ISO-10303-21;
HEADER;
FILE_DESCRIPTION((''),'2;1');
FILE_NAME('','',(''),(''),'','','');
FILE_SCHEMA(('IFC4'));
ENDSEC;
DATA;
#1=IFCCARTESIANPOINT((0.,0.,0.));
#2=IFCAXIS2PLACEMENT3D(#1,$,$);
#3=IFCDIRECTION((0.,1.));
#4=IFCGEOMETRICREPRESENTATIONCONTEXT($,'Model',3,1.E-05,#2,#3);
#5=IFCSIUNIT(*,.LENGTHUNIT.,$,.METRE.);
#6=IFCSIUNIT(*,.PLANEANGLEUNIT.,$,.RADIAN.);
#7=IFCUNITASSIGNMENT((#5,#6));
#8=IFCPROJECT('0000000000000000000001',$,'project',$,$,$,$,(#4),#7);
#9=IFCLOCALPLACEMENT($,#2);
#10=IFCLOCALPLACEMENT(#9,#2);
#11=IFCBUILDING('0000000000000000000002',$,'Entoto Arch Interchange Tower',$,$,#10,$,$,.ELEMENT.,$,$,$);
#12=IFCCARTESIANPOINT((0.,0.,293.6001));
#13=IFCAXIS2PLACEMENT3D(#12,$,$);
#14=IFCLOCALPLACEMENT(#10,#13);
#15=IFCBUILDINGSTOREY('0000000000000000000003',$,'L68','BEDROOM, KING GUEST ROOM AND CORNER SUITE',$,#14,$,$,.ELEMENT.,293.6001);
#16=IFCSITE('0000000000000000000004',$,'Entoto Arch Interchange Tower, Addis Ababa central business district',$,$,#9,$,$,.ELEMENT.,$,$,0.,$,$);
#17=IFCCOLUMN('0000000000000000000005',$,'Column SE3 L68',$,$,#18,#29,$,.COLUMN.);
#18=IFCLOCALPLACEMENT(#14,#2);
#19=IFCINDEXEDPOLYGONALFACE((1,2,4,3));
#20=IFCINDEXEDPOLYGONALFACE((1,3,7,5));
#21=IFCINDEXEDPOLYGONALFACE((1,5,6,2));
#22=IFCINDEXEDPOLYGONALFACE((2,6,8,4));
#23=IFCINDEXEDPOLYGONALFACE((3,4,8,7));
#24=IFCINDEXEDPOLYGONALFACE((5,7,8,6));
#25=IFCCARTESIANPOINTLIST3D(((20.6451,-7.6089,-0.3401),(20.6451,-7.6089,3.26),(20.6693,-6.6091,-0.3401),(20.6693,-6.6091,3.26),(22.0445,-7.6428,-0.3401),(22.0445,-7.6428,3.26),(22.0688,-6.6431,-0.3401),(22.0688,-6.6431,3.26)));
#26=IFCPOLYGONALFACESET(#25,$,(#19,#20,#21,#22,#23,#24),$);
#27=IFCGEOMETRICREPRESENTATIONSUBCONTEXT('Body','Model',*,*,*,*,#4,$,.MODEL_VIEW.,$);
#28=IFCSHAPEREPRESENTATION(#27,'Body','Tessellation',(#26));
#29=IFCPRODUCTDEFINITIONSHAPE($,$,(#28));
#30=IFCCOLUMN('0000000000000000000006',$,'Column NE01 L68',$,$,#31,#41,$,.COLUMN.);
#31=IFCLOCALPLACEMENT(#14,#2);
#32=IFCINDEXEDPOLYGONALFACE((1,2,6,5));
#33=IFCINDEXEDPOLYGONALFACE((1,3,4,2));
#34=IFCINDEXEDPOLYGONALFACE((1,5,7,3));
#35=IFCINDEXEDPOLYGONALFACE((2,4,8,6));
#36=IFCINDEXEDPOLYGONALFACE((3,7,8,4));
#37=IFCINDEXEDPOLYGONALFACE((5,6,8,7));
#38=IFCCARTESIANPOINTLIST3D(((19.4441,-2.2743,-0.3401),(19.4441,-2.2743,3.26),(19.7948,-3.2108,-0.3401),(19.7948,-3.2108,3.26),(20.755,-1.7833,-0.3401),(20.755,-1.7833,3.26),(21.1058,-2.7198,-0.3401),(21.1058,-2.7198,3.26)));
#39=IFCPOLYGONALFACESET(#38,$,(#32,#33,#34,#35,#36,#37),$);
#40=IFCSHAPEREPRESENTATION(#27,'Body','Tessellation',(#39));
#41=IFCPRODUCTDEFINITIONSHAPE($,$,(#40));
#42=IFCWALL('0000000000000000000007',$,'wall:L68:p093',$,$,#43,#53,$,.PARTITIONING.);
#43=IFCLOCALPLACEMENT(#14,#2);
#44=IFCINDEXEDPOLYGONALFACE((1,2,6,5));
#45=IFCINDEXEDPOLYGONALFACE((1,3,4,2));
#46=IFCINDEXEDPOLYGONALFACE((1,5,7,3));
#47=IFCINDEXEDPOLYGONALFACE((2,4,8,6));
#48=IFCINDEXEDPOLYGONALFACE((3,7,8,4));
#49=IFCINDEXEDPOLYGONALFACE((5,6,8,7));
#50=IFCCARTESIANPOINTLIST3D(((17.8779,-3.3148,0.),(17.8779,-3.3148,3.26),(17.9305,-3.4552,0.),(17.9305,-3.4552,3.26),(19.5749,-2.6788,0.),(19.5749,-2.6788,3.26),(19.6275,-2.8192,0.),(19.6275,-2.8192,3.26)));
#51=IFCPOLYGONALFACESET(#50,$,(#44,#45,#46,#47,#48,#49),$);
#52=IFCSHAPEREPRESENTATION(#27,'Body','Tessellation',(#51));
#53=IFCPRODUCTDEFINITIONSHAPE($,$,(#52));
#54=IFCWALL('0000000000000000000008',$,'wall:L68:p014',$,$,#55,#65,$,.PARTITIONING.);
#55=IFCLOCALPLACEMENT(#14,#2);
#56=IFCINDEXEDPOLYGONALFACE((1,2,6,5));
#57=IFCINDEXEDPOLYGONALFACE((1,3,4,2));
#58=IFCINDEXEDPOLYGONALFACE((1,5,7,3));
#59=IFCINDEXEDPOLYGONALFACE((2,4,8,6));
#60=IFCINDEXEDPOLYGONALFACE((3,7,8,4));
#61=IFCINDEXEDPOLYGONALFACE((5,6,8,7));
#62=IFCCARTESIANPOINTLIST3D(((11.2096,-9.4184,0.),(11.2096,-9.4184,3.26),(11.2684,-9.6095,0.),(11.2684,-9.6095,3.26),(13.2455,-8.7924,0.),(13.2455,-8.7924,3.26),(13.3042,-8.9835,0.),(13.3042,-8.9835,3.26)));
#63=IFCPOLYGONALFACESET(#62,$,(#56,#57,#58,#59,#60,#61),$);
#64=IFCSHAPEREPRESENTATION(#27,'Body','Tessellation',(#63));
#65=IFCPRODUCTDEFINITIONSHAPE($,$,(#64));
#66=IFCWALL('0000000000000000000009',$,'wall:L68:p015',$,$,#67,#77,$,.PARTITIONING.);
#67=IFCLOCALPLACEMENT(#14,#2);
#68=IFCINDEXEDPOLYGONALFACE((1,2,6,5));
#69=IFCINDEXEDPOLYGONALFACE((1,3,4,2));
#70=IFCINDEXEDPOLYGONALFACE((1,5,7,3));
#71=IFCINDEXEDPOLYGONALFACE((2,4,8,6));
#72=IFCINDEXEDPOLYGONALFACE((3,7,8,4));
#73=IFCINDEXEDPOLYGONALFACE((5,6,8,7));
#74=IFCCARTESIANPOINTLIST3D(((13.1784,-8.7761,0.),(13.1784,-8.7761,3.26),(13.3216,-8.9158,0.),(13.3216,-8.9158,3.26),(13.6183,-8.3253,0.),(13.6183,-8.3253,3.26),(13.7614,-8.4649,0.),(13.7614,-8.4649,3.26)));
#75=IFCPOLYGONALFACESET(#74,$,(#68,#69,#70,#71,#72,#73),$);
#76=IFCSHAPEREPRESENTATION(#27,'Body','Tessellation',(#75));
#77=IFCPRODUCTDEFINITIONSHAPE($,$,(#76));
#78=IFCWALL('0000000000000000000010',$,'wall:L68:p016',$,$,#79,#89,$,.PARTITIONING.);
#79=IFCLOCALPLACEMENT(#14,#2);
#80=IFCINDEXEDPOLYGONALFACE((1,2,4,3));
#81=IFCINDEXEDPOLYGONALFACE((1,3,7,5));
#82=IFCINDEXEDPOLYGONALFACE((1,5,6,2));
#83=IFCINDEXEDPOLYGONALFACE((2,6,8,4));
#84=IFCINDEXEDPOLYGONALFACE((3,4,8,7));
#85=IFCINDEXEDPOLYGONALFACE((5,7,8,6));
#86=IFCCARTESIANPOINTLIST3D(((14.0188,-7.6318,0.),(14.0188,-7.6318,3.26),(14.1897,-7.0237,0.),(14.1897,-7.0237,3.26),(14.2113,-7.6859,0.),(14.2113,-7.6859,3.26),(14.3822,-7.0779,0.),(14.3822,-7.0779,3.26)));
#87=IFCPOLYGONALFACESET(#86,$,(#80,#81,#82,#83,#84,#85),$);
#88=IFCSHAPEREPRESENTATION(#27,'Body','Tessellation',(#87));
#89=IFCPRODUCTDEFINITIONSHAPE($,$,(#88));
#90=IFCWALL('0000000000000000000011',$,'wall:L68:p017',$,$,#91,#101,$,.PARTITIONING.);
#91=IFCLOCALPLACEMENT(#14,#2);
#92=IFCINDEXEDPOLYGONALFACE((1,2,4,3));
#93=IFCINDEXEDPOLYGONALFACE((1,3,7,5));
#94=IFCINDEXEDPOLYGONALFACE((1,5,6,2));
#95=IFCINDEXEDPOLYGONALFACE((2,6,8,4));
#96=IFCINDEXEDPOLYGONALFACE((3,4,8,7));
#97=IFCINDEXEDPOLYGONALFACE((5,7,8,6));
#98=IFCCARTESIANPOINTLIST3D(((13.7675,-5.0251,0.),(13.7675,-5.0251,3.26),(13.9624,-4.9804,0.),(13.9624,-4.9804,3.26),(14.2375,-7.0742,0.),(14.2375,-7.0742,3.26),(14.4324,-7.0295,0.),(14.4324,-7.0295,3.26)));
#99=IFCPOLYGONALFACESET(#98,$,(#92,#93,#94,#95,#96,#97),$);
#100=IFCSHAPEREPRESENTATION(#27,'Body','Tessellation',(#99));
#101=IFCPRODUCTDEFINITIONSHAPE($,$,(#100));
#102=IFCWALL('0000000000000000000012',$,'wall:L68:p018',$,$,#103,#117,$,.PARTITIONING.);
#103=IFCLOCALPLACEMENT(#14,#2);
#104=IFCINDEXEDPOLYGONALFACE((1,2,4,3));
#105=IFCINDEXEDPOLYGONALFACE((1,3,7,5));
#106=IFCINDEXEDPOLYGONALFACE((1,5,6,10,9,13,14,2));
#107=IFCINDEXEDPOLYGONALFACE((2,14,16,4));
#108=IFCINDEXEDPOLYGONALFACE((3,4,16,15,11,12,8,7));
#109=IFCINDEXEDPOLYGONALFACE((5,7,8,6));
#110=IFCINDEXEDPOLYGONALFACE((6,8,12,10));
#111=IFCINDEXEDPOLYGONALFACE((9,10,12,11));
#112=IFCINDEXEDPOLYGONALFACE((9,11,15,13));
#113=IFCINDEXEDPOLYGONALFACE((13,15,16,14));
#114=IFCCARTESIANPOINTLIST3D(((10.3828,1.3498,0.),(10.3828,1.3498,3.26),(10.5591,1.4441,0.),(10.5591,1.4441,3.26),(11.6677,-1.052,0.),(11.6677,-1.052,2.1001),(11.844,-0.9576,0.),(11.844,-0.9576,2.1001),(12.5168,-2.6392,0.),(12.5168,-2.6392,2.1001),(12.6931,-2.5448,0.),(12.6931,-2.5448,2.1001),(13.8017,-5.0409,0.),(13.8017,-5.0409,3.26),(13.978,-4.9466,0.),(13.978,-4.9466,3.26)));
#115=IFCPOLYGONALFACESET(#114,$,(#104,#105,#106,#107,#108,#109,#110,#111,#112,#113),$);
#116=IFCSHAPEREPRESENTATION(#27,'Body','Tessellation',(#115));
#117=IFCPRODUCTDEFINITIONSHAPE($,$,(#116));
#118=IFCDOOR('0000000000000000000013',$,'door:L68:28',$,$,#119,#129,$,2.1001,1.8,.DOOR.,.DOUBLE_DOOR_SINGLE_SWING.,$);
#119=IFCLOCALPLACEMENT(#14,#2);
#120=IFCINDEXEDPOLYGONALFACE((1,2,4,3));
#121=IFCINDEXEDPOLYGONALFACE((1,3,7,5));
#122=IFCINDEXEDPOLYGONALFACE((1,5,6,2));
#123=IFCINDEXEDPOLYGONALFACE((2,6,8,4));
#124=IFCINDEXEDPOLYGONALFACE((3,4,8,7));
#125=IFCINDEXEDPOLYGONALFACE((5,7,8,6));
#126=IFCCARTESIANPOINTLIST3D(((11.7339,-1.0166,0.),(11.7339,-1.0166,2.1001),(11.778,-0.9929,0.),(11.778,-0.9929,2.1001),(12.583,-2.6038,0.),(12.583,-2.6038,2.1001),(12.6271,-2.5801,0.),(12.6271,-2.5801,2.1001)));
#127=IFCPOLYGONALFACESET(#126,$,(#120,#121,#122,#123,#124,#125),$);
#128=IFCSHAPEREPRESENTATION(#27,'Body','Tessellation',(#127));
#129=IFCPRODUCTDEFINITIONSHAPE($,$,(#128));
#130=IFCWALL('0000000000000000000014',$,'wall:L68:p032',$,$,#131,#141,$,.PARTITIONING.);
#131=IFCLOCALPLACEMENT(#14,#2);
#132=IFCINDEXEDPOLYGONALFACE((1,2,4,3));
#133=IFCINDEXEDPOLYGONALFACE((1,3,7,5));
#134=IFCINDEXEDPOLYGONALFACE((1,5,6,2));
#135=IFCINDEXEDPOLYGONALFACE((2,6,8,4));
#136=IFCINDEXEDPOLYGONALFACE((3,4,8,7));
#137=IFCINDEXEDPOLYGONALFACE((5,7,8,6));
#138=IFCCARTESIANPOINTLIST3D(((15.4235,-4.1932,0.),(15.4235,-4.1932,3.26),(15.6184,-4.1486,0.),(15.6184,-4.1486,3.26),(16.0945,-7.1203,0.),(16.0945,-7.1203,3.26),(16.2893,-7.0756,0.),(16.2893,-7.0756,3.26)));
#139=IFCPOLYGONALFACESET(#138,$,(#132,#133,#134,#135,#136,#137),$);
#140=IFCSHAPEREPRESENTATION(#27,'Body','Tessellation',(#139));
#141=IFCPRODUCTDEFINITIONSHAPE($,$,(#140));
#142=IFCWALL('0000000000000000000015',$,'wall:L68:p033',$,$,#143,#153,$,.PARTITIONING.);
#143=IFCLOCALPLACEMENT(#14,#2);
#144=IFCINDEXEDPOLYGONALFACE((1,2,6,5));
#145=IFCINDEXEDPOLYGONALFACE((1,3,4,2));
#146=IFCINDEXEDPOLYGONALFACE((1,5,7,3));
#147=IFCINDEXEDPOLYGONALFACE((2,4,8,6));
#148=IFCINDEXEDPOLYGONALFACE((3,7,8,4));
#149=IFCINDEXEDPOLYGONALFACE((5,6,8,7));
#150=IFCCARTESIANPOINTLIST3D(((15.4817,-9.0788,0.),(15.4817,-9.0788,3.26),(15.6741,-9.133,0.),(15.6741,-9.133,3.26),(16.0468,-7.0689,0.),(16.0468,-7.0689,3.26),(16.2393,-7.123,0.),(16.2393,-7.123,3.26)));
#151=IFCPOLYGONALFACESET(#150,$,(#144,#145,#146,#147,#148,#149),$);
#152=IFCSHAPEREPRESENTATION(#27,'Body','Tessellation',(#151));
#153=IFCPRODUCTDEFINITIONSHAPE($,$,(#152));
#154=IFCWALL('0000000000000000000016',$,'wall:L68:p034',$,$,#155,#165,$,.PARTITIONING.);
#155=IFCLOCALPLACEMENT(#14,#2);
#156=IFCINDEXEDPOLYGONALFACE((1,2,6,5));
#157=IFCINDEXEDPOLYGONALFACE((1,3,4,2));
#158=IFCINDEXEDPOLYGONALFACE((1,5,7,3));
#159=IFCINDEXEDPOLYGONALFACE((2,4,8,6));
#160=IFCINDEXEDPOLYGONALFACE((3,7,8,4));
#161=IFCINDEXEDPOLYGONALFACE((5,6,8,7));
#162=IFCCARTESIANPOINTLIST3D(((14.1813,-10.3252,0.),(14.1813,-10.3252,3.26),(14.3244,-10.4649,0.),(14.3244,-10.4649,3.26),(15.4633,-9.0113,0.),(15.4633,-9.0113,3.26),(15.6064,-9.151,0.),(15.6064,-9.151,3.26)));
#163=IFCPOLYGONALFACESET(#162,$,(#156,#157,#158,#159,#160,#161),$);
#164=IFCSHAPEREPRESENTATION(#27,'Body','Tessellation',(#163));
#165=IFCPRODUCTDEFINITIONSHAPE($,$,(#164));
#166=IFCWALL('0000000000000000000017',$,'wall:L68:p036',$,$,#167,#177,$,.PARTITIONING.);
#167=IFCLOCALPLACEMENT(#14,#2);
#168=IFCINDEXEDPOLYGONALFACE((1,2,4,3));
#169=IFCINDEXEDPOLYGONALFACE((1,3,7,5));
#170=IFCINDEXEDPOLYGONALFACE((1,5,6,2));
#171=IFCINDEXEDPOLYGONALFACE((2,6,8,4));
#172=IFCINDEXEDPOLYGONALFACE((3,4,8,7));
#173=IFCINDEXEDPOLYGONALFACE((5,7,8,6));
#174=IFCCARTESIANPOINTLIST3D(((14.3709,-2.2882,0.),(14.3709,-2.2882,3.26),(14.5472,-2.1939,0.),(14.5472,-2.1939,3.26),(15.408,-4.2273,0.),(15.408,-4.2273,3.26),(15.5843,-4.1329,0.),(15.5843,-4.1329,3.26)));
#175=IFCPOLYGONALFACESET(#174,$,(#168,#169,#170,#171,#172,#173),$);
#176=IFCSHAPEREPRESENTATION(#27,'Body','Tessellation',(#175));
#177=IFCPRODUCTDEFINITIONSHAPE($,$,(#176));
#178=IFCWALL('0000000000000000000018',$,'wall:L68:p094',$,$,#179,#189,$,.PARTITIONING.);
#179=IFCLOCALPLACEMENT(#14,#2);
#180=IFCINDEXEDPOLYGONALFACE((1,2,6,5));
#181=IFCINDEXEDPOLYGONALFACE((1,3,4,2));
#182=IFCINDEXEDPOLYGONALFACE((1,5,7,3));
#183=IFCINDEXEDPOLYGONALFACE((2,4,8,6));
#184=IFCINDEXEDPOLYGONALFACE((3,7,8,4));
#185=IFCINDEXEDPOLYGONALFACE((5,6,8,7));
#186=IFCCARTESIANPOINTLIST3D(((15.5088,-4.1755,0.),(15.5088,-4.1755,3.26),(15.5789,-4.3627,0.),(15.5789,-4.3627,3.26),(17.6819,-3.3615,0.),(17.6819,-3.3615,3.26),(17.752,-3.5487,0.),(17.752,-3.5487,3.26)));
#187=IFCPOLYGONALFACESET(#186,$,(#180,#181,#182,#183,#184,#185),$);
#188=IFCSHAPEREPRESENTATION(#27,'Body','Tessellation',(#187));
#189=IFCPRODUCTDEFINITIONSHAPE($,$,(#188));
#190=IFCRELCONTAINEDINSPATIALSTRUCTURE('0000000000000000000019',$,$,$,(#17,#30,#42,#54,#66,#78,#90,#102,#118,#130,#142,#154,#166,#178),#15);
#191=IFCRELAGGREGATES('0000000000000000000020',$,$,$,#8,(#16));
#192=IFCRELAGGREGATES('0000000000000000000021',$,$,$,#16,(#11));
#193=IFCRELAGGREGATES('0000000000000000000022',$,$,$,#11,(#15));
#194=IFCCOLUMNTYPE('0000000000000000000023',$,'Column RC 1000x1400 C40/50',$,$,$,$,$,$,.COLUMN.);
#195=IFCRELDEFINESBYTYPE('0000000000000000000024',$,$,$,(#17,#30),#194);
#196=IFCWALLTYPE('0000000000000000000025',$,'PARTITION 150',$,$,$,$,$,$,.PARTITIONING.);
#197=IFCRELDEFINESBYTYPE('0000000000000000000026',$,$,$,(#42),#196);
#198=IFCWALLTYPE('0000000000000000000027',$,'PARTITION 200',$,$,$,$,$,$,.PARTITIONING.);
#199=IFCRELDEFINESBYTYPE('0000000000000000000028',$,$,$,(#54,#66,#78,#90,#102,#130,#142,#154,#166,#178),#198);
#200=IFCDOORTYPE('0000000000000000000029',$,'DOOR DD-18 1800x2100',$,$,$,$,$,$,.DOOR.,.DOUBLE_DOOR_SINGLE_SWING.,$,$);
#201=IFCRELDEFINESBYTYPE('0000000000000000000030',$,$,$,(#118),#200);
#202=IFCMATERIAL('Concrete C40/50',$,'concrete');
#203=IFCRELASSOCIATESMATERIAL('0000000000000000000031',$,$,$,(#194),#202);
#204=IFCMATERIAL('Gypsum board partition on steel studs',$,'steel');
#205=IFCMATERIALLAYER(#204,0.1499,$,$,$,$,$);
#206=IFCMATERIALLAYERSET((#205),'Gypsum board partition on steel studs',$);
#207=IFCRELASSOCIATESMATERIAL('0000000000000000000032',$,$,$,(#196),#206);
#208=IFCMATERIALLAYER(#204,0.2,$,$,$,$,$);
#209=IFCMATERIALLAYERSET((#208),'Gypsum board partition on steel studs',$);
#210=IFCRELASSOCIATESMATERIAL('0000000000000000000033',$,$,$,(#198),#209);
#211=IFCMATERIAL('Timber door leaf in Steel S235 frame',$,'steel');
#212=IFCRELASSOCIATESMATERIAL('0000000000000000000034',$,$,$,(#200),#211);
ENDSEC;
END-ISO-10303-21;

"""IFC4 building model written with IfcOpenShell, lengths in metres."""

from ifc_helpers import new_model, si_unit, direction, frame, frame_2d, origin, origin_2d, place, context, subcontext, project, spatial, rectangle, extrude, material, layer, layer_set, material_profile, profile_set, type_object, element, fill, save


model = new_model("IFC4")

# Units and contexts
model_context = context("Model", 3, precision=1e-05, world=origin(), true_north=direction((0.0, 1.0)))
body_context = subcontext(model_context, "Body", "Model", "MODEL_VIEW")
ifc_project = project(units=[si_unit("LENGTHUNIT", "METRE"), si_unit("PLANEANGLEUNIT", "RADIAN")], contexts=[model_context])

# Site, building, storey
site_placement = place(None, origin())
site = spatial("IfcSite", under=ifc_project, at=site_placement, Name="Entoto Arch Interchange Tower, Addis Ababa central business district", CompositionType="ELEMENT", RefElevation=0.0)
building_placement = place(site_placement, origin())
building = spatial("IfcBuilding", under=site, at=building_placement, Name="Entoto Arch Interchange Tower", CompositionType="ELEMENT")
storey_placement = place(building_placement, frame((0.0, 0.0, 293.6001)))
storey = spatial("IfcBuildingStorey", under=building, at=storey_placement, Name="L68", Description="BEDROOM, KING GUEST ROOM AND CORNER SUITE", CompositionType="ELEMENT", Elevation=293.6001)

# Columns
ifc_material_1 = material(Name="Concrete C40/50", Category="concrete")
ifc_material_profile = material_profile(ifc_material_1, rectangle(XDim=1.0, YDim=1.3999, at=origin_2d()))
ifc_profile_set = profile_set([ifc_material_profile], Name="Concrete C40/50")
column_type = type_object("IfcColumnType", Name="Column RC 1000x1400 C40/50", PredefinedType="COLUMN", material=ifc_profile_set)
for number, where, z_axis, x_axis, name in (
    (1, (21.3569, -7.126, -0.3401), (0.0, 0.0, 1.0), (0.024258, 0.999706, 0.0), "Column SE3 L68"),
    (2, (20.2749, -2.4971, -0.3401), (0.0, 0.0, 1.0), (-0.350714, 0.936483, 0.0), "Column NE01 L68"),
):
    element("IfcColumn", number, at=place(storey_placement, frame(where, z_axis=z_axis, x_axis=x_axis)), inside=storey, type_object=column_type, Name=name, PredefinedType="COLUMN", context=body_context, shape_type="SweptSolid", body=[
        extrude(rectangle(XDim=1.0, YDim=1.3999, at=origin_2d()), origin(), (0.0, 0.0, 1.0), 3.6001),
    ])

# Walls
ifc_material_2 = material(Name="Gypsum board partition on steel studs", Category="steel")
ifc_layer_1 = layer(ifc_material_2, 0.1499)
ifc_layer_set_1 = layer_set([ifc_layer_1], Name="Gypsum board partition on steel studs")
wall_type_1 = type_object("IfcWallType", Name="PARTITION 150", PredefinedType="PARTITIONING", material=ifc_layer_set_1)
wall_1_placement = place(storey_placement, frame((17.9041, -3.385, 0.0), z_axis=(0.0, 0.0, 1.0), x_axis=(0.936401, 0.350932, 0.0)))
element("IfcWall", 3, at=wall_1_placement, inside=storey, type_object=wall_type_1, Name="wall:L68:p093", PredefinedType="PARTITIONING", context=body_context, shape_type="SweptSolid", body=[
    extrude(rectangle(XDim=1.8123, YDim=0.1499, at=frame_2d((0.9062, 0.0))), origin(), (0.0, 0.0, 1.0), 3.26),
])
ifc_layer_2 = layer(ifc_material_2, 0.2)
ifc_layer_set_2 = layer_set([ifc_layer_2], Name="Gypsum board partition on steel studs")
wall_type_2 = type_object("IfcWallType", Name="PARTITION 200", PredefinedType="PARTITIONING", material=ifc_layer_set_2)
wall_2_placement = place(storey_placement, frame((11.239, -9.5139, 0.0), z_axis=(0.0, 0.0, 1.0), x_axis=(0.955838, 0.293893, 0.0)))
element("IfcWall", 4, at=wall_2_placement, inside=storey, type_object=wall_type_2, Name="wall:L68:p014", PredefinedType="PARTITIONING", context=body_context, shape_type="SweptSolid", body=[
    extrude(rectangle(XDim=2.1299, YDim=0.2, at=frame_2d((1.0649, 0.0))), origin(), (0.0, 0.0, 1.0), 3.26),
])
wall_3_placement = place(storey_placement, frame((13.25, -8.8459, 0.0), z_axis=(0.0, 0.0, 1.0), x_axis=(0.698334, 0.715772, 0.0)))
element("IfcWall", 5, at=wall_3_placement, inside=storey, type_object=wall_type_2, Name="wall:L68:p015", PredefinedType="PARTITIONING", context=body_context, shape_type="SweptSolid", body=[
    extrude(rectangle(XDim=0.6299, YDim=0.2, at=frame_2d((0.3149, 0.0))), origin(), (0.0, 0.0, 1.0), 3.26),
])
wall_4_placement = place(storey_placement, frame((14.115, -7.6589, 0.0), z_axis=(0.0, 0.0, 1.0), x_axis=(0.270634, 0.962682, 0.0)))
element("IfcWall", 6, at=wall_4_placement, inside=storey, type_object=wall_type_2, Name="wall:L68:p016", PredefinedType="PARTITIONING", context=body_context, shape_type="SweptSolid", body=[
    extrude(rectangle(XDim=0.6316, YDim=0.2, at=frame_2d((0.3159, 0.0))), origin(), (0.0, 0.0, 1.0), 3.26),
])
wall_5_placement = place(storey_placement, frame((14.335, -7.052, 0.0), z_axis=(0.0, 0.0, 1.0), x_axis=(-0.223553, 0.974692, 0.0)))
element("IfcWall", 7, at=wall_5_placement, inside=storey, type_object=wall_type_2, Name="wall:L68:p017", PredefinedType="PARTITIONING", context=body_context, shape_type="SweptSolid", body=[
    extrude(rectangle(XDim=2.1023, YDim=0.2, at=frame_2d((1.0513, 0.0))), origin(), (0.0, 0.0, 1.0), 3.26),
])

# Wall, opening, door
wall_6_placement = place(storey_placement, frame((13.8899, -4.9939, 0.0), z_axis=(0.0, 0.0, 1.0), x_axis=(-0.471714, 0.881752, 0.0)))
wall_6 = element("IfcWall", 8, at=wall_6_placement, inside=storey, type_object=wall_type_2, Name="wall:L68:p018", PredefinedType="PARTITIONING", context=body_context, shape_type="SweptSolid", body=[
    extrude(rectangle(XDim=7.2478, YDim=0.2, at=frame_2d((3.624, 0.0))), origin(), (0.0, 0.0, 1.0), 3.26),
])
opening_1_placement = place(wall_6_placement, frame((2.7241, 0.0, 0.0)))
opening_1 = element("IfcOpeningElement", 9, at=opening_1_placement, cuts=wall_6, PredefinedType="OPENING", context=body_context, shape_type="SweptSolid", body=[
    extrude(rectangle(XDim=1.8, YDim=2.1001, at=frame_2d((0.8999, 1.05))), frame((0.0, 0.1099, 0.0), z_axis=(0.0, -1.0, 0.0), x_axis=(1.0, 0.0, 0.0)), (0.0, 0.0, 1.0), 0.22),
])
ifc_material_3 = material(Name="Timber door leaf in Steel S235 frame", Category="steel")
door_type_1 = type_object("IfcDoorType", Name="DOOR DD-18 1800x2100", OperationType="DOUBLE_DOOR_SINGLE_SWING", PredefinedType="DOOR", material=ifc_material_3)
door_1_placement = place(opening_1_placement, origin())
door_1 = element("IfcDoor", 10, at=door_1_placement, inside=storey, type_object=door_type_1, Name="door:L68:28", OperationType="DOUBLE_DOOR_SINGLE_SWING", OverallHeight=2.1001, OverallWidth=1.8, PredefinedType="DOOR", context=body_context, shape_type="SweptSolid", body=[
    extrude(rectangle(XDim=1.8, YDim=2.1001, at=frame_2d((0.8999, 1.05))), frame((0.0, 0.0249, 0.0), z_axis=(0.0, -1.0, 0.0), x_axis=(1.0, 0.0, 0.0)), (0.0, 0.0, 1.0), 0.05),
])
fill(opening_1, door_1)

# Walls
wall_7_placement = place(storey_placement, frame((15.521, -4.1709, 0.0), z_axis=(0.0, 0.0, 1.0), x_axis=(0.223416, -0.974723, 0.0)))
element("IfcWall", 11, at=wall_7_placement, inside=storey, type_object=wall_type_2, Name="wall:L68:p032", PredefinedType="PARTITIONING", context=body_context, shape_type="SweptSolid", body=[
    extrude(rectangle(XDim=3.0029, YDim=0.2, at=frame_2d((1.5015, 0.0))), origin(), (0.0, 0.0, 1.0), 3.26),
])
wall_8_placement = place(storey_placement, frame((16.1431, -7.0959, 0.0), z_axis=(0.0, 0.0, 1.0), x_axis=(-0.270688, -0.962667, 0.0)))
element("IfcWall", 12, at=wall_8_placement, inside=storey, type_object=wall_type_2, Name="wall:L68:p033", PredefinedType="PARTITIONING", context=body_context, shape_type="SweptSolid", body=[
    extrude(rectangle(XDim=2.0879, YDim=0.2, at=frame_2d((1.0439, 0.0))), origin(), (0.0, 0.0, 1.0), 3.26),
])
wall_9_placement = place(storey_placement, frame((15.5349, -9.0811, 0.0), z_axis=(0.0, 0.0, 1.0), x_axis=(-0.698342, -0.715764, 0.0)))
element("IfcWall", 13, at=wall_9_placement, inside=storey, type_object=wall_type_2, Name="wall:L68:p034", PredefinedType="PARTITIONING", context=body_context, shape_type="SweptSolid", body=[
    extrude(rectangle(XDim=1.8357, YDim=0.2, at=frame_2d((0.918, 0.0))), origin(), (0.0, 0.0, 1.0), 3.26),
])
wall_10_placement = place(storey_placement, frame((14.459, -2.241, 0.0), z_axis=(0.0, 0.0, 1.0), x_axis=(0.471648, -0.881787, 0.0)))
element("IfcWall", 14, at=wall_10_placement, inside=storey, type_object=wall_type_2, Name="wall:L68:p036", PredefinedType="PARTITIONING", context=body_context, shape_type="SweptSolid", body=[
    extrude(rectangle(XDim=2.199, YDim=0.2, at=frame_2d((1.0996, 0.0))), origin(), (0.0, 0.0, 1.0), 3.26),
])
wall_11_placement = place(storey_placement, frame((15.5439, -4.269, 0.0), z_axis=(0.0, 0.0, 1.0), x_axis=(0.936463, 0.350766, 0.0)))
element("IfcWall", 15, at=wall_11_placement, inside=storey, type_object=wall_type_2, Name="wall:L68:p094", PredefinedType="PARTITIONING", context=body_context, shape_type="SweptSolid", body=[
    extrude(rectangle(XDim=2.3206, YDim=0.2, at=frame_2d((1.1602, 0.0))), origin(), (0.0, 0.0, 1.0), 3.26),
])

save(model, "model.ifc")
